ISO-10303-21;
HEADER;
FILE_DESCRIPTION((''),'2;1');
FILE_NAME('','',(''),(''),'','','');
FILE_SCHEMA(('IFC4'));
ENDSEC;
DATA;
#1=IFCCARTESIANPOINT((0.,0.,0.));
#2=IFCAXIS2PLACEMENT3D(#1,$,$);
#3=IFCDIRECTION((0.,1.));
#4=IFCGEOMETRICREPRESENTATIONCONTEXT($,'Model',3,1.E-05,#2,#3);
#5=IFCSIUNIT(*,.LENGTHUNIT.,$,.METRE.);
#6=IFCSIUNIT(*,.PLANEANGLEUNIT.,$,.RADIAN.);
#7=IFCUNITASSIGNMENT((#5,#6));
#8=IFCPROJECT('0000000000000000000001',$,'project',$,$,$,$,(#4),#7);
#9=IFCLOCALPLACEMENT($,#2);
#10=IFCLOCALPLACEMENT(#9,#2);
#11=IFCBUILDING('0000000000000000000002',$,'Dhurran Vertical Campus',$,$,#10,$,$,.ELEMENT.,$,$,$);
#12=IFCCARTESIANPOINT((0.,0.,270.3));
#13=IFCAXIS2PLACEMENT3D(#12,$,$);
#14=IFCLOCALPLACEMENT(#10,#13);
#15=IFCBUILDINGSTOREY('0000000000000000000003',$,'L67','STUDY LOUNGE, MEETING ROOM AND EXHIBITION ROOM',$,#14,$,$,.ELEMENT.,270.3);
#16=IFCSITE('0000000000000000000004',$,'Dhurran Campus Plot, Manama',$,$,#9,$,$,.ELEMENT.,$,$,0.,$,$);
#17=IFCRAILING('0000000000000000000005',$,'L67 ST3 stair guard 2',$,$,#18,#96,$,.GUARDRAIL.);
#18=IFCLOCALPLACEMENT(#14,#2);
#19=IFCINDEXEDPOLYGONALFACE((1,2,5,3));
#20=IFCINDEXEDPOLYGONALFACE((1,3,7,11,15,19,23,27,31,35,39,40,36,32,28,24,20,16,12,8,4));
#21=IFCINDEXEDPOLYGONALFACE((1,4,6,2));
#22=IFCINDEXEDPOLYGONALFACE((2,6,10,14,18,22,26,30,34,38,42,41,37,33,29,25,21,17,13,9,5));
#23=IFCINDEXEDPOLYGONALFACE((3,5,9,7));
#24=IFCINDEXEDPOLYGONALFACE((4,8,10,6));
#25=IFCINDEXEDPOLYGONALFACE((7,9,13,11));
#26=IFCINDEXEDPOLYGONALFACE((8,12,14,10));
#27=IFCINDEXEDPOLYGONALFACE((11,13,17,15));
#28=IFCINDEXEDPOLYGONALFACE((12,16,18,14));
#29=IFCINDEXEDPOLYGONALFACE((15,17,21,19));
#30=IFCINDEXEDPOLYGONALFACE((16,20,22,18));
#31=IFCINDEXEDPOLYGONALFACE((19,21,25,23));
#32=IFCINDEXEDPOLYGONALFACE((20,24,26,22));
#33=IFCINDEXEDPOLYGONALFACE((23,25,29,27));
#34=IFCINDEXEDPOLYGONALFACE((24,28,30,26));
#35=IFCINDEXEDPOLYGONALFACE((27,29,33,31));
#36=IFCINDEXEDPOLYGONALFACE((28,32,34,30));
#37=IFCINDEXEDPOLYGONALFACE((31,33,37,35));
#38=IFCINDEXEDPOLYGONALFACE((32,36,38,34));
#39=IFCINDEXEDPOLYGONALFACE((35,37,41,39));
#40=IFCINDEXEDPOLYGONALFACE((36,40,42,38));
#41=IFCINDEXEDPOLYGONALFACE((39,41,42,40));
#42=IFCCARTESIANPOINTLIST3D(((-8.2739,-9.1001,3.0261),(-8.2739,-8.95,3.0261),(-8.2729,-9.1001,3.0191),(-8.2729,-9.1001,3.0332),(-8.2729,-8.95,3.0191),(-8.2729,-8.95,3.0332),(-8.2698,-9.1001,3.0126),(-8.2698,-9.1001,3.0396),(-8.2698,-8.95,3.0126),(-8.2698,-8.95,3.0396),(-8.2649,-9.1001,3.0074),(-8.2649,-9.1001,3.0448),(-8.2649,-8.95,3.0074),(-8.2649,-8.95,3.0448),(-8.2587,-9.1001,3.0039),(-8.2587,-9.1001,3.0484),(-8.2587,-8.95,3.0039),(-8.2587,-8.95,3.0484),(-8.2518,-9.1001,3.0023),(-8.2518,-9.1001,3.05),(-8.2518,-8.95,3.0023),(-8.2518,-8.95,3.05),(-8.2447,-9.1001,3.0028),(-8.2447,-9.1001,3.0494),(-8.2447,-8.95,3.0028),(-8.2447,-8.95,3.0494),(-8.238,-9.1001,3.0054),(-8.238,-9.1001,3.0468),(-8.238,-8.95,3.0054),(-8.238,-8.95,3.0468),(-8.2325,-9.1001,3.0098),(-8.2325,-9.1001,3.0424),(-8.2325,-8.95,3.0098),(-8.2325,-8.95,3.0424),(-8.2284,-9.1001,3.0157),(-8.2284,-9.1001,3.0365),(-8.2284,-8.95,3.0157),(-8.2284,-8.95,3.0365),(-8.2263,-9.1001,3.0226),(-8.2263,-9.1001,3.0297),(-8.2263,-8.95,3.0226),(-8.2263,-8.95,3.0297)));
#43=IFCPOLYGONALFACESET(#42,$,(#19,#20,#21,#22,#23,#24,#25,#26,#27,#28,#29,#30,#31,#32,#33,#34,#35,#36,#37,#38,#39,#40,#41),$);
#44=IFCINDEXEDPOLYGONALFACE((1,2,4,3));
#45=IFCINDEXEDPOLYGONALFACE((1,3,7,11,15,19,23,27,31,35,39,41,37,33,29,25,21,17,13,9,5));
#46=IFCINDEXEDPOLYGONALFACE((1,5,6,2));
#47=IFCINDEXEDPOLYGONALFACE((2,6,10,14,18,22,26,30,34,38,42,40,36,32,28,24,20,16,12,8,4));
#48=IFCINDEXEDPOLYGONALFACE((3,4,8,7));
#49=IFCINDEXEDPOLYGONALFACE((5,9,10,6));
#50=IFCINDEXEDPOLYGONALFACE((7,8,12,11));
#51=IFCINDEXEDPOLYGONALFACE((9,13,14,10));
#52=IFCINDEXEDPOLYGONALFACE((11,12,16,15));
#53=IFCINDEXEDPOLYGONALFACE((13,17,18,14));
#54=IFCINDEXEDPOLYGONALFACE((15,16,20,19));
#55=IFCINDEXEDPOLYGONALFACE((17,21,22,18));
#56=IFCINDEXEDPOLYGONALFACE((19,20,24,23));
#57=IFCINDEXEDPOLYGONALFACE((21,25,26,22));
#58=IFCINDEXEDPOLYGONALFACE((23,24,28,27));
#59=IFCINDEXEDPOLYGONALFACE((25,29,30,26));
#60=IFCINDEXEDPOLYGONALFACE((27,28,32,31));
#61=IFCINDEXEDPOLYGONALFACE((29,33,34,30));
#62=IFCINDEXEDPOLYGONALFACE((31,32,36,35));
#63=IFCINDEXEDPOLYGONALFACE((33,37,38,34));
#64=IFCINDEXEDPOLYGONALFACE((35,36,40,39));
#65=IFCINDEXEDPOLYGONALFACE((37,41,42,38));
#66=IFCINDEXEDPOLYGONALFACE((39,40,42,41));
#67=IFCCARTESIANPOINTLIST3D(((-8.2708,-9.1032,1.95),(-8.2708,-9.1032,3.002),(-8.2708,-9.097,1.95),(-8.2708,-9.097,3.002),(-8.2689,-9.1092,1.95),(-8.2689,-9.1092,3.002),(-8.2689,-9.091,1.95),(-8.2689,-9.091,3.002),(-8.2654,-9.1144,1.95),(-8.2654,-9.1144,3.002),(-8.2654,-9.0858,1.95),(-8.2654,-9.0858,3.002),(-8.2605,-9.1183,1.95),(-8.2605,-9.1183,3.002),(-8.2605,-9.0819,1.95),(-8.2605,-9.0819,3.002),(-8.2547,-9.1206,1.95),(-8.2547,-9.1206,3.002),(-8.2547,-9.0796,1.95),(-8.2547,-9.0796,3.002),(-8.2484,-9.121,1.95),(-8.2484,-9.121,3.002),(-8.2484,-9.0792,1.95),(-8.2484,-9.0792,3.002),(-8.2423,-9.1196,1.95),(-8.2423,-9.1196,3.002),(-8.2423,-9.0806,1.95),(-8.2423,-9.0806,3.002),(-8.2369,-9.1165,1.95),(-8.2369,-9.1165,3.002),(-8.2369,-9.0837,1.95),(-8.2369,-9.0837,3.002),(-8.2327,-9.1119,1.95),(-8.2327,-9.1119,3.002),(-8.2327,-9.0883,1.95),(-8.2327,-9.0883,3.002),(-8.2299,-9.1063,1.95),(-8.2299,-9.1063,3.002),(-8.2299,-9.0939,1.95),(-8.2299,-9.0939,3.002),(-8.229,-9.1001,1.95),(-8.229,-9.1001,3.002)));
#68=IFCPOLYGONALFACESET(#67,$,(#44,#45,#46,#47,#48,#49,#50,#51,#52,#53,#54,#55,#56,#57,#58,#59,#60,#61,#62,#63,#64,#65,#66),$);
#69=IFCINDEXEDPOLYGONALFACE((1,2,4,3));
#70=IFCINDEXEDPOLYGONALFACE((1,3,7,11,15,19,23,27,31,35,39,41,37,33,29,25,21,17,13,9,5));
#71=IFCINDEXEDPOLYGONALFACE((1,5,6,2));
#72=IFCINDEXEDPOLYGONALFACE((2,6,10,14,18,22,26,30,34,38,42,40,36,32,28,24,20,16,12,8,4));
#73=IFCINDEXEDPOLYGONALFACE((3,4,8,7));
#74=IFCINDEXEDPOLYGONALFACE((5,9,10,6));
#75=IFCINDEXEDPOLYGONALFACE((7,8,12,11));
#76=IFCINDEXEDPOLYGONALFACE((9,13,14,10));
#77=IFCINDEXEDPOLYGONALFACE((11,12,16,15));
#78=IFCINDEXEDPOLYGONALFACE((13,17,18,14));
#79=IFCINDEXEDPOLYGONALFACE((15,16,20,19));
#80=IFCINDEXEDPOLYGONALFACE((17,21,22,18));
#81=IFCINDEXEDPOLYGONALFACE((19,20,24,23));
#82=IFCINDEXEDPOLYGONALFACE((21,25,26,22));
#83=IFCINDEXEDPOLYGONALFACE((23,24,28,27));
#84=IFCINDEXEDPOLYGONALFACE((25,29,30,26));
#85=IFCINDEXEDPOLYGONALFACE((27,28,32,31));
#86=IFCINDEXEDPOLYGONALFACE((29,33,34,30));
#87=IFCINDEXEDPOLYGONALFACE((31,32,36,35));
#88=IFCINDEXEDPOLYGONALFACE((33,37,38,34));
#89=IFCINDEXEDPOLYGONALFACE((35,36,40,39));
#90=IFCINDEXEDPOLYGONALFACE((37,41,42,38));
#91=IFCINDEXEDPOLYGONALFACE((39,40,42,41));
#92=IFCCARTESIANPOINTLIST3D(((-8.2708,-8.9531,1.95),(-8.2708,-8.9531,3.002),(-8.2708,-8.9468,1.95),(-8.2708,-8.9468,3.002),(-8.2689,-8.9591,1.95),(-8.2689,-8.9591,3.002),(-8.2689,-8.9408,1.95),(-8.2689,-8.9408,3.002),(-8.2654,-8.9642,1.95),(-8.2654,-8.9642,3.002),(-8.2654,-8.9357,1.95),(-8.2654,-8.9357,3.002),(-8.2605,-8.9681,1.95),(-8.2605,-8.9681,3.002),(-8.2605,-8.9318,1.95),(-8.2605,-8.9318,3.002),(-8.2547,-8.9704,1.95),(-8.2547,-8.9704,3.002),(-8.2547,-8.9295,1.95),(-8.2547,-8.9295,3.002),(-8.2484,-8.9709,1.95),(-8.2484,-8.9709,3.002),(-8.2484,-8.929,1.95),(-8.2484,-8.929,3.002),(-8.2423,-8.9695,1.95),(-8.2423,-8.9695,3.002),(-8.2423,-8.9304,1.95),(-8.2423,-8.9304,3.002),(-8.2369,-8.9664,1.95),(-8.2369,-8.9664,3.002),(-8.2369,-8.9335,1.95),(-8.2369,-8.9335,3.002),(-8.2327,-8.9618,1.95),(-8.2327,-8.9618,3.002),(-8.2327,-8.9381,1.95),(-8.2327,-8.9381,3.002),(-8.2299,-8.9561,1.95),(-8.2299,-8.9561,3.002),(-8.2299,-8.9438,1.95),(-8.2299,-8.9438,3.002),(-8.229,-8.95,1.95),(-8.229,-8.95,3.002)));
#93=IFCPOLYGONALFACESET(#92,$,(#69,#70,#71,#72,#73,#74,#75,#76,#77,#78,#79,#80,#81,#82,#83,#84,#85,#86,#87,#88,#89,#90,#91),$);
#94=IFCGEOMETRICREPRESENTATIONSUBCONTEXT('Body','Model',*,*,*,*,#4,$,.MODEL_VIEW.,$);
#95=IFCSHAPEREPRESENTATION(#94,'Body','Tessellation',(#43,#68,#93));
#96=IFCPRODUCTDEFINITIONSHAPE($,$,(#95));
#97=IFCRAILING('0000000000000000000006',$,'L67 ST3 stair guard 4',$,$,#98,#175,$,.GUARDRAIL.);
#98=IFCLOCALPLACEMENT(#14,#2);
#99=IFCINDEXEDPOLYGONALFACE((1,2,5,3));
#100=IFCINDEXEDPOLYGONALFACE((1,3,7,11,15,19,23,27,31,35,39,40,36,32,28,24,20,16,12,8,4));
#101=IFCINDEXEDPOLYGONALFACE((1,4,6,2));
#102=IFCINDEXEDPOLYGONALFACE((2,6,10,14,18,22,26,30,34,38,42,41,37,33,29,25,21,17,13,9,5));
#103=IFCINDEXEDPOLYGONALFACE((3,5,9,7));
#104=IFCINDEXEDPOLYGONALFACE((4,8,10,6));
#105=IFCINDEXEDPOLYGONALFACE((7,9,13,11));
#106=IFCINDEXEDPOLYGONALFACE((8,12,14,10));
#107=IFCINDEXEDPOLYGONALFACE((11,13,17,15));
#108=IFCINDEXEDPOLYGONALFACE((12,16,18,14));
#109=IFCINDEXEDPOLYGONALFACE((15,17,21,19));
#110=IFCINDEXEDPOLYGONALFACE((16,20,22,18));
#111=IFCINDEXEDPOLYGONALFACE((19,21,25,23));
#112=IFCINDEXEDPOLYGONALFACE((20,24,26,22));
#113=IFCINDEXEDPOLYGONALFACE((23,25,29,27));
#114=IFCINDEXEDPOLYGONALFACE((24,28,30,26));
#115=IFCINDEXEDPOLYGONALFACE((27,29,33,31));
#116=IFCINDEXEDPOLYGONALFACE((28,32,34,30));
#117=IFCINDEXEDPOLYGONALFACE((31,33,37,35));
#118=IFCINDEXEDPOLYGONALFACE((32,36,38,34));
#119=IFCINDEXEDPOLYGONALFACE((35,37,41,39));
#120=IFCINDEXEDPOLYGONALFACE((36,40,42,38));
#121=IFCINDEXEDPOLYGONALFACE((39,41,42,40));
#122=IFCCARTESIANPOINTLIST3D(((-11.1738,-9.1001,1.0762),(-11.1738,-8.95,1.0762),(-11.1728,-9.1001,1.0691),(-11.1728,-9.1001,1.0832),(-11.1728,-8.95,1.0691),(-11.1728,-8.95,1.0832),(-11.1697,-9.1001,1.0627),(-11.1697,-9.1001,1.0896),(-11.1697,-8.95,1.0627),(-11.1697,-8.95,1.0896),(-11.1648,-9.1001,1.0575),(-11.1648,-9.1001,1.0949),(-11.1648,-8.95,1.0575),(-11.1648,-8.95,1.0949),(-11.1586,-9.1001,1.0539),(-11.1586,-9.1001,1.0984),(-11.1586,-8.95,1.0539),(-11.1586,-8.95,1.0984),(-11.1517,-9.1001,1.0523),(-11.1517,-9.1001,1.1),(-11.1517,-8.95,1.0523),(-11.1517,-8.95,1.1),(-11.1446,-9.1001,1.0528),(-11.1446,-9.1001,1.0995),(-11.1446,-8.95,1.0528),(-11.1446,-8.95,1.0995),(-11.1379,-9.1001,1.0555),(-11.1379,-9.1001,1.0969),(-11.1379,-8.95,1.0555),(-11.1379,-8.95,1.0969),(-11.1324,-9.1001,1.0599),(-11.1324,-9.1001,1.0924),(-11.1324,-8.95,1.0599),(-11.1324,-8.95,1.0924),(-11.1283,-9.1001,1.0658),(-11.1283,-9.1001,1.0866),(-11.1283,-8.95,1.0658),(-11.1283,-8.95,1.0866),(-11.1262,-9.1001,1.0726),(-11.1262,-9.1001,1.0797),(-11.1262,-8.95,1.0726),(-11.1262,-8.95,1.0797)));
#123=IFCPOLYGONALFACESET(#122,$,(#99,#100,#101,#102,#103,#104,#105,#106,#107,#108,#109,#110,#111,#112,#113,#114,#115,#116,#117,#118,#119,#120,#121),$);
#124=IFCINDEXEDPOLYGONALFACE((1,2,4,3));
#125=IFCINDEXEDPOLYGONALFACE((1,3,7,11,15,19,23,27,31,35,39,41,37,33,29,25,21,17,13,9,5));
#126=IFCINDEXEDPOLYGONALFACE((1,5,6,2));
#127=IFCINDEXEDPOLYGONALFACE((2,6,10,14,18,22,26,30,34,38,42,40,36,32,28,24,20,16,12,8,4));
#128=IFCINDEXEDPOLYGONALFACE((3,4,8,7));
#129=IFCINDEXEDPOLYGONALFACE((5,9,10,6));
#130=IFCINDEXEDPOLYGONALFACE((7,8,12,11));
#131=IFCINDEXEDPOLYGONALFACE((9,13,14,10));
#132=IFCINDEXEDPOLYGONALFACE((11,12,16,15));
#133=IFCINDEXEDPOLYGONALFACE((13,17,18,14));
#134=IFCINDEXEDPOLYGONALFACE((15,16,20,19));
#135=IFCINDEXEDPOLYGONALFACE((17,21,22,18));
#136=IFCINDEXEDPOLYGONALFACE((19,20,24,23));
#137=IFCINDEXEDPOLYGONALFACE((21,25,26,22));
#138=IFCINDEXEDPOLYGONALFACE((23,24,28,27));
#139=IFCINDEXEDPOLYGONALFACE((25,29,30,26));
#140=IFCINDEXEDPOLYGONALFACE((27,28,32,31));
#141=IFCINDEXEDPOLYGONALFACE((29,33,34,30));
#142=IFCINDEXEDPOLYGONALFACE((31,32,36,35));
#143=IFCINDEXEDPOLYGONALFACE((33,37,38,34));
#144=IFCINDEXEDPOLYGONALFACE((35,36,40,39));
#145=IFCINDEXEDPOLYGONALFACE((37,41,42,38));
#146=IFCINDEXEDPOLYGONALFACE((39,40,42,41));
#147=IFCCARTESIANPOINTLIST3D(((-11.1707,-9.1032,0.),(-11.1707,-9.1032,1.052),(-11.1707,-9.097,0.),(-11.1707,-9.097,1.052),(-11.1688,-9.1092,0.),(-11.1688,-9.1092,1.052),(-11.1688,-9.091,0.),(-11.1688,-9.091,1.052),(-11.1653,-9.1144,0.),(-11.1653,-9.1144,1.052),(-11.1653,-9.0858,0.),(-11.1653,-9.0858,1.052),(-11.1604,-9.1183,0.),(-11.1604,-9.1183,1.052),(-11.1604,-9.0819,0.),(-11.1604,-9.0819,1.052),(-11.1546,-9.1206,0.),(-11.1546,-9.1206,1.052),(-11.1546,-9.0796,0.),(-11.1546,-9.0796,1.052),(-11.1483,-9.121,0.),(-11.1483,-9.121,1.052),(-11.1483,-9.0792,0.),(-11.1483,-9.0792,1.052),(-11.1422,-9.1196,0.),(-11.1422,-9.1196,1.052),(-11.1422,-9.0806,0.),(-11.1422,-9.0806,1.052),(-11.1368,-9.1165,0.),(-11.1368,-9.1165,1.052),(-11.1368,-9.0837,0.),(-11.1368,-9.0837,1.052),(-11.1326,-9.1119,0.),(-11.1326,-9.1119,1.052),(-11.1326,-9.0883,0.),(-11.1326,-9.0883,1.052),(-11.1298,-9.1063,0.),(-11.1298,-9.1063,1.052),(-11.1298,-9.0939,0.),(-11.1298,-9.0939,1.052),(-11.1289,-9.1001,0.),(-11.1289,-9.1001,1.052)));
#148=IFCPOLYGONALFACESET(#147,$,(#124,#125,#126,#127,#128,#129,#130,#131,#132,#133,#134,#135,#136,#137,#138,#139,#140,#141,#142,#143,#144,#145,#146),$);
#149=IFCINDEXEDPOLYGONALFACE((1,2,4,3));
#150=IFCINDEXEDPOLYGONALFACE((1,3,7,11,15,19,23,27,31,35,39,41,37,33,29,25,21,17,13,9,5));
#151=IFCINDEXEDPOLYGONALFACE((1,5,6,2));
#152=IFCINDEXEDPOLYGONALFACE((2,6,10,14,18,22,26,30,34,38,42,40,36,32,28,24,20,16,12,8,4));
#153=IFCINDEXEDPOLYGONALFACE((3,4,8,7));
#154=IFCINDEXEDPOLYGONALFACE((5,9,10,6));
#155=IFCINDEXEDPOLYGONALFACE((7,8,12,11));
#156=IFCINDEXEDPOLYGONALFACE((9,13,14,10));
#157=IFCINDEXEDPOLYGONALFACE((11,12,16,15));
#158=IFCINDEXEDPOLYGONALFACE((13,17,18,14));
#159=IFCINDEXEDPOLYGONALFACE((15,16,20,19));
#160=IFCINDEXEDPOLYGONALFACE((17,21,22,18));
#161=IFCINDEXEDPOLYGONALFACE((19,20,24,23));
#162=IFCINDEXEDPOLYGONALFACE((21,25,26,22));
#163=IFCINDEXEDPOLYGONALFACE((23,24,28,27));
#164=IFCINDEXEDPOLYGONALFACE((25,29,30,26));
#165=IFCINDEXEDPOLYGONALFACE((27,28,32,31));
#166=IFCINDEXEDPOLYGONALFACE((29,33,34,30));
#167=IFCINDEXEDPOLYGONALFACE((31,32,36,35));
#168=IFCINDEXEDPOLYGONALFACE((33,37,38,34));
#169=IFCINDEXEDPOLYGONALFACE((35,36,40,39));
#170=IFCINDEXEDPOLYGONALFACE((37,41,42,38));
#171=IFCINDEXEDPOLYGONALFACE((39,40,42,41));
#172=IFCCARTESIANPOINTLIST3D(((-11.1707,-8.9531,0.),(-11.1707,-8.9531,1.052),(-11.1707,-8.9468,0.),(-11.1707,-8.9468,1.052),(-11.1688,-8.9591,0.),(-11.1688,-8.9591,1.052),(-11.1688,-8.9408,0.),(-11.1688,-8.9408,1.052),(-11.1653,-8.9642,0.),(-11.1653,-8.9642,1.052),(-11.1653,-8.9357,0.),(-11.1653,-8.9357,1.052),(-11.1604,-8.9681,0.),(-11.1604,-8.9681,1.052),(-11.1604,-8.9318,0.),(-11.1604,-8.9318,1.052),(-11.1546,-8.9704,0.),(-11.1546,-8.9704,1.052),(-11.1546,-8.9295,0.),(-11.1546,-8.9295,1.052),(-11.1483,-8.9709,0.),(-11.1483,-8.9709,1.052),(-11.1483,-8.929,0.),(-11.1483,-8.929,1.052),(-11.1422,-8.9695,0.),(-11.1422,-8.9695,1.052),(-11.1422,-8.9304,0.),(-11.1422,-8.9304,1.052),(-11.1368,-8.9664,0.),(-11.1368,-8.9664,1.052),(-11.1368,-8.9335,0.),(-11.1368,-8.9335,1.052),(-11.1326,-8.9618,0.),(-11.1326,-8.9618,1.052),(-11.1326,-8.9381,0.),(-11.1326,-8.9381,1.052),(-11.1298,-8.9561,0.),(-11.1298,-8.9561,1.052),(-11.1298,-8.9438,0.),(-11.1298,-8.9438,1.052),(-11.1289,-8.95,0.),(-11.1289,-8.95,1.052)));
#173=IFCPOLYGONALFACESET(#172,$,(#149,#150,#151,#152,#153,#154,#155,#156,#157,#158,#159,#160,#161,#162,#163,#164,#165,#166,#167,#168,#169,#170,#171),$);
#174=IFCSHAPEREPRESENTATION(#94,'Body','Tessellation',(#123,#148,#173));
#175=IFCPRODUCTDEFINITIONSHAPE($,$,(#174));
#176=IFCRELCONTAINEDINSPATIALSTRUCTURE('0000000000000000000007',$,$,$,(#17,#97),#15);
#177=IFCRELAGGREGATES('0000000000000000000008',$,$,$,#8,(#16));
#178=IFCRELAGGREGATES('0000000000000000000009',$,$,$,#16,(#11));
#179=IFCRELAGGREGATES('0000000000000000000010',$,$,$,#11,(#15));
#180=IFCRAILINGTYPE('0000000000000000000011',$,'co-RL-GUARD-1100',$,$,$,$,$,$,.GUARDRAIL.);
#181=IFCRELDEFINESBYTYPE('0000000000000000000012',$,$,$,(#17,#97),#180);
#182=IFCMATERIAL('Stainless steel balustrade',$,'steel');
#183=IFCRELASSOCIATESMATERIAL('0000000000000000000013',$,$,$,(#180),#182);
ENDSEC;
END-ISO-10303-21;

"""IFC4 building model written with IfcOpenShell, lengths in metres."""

from ifc_helpers import new_model, si_unit, direction, frame, origin, origin_2d, place, context, subcontext, project, spatial, circle, extrude, material, type_object, element, save


model = new_model("IFC4")

# Units and contexts
model_context = context("Model", 3, precision=1e-05, world=origin(), true_north=direction((0.0, 1.0)))
body_context = subcontext(model_context, "Body", "Model", "MODEL_VIEW")
ifc_project = project(units=[si_unit("LENGTHUNIT", "METRE"), si_unit("PLANEANGLEUNIT", "RADIAN")], contexts=[model_context])

# Site, building, storey
site_placement = place(None, origin())
site = spatial("IfcSite", under=ifc_project, at=site_placement, Name="Dhurran Campus Plot, Manama", CompositionType="ELEMENT", RefElevation=0.0)
building_placement = place(site_placement, origin())
building = spatial("IfcBuilding", under=site, at=building_placement, Name="Dhurran Vertical Campus", CompositionType="ELEMENT")
storey_placement = place(building_placement, frame((0.0, 0.0, 270.3)))
storey = spatial("IfcBuildingStorey", under=building, at=storey_placement, Name="L67", Description="STUDY LOUNGE, MEETING ROOM AND EXHIBITION ROOM", CompositionType="ELEMENT", Elevation=270.3)

# Railings
ifc_material_1 = material(Name="Stainless steel balustrade", Category="steel")
railing_type_1 = type_object("IfcRailingType", Name="co-RL-GUARD-1100", PredefinedType="GUARDRAIL", material=ifc_material_1)
for number, where, name in (
    (1, (-8.25, -9.1001, 1.95), "L67 ST3 stair guard 2"),
    (2, (-11.1499, -9.1001, 0.0), "L67 ST3 stair guard 4"),
):
    element("IfcRailing", number, at=place(storey_placement, frame(where)), inside=storey, type_object=railing_type_1, Name=name, PredefinedType="GUARDRAIL", context=body_context, shape_type="SweptSolid", body=[
        extrude(circle(Radius=0.0239, at=origin_2d()), frame((0.0, 0.0, 1.0762), z_axis=(0.0, 1.0, 0.0), x_axis=(-1.0, 0.0, 0.0)), (0.0, 0.0, 1.0), 0.1501),
        extrude(circle(Radius=0.021, at=origin_2d()), origin(), (0.0, 0.0, 1.0), 1.052),
        extrude(circle(Radius=0.021, at=origin_2d()), frame((0.0, 0.1501, 0.0)), (0.0, 0.0, 1.0), 1.052),
    ])

save(model, "model.ifc")
